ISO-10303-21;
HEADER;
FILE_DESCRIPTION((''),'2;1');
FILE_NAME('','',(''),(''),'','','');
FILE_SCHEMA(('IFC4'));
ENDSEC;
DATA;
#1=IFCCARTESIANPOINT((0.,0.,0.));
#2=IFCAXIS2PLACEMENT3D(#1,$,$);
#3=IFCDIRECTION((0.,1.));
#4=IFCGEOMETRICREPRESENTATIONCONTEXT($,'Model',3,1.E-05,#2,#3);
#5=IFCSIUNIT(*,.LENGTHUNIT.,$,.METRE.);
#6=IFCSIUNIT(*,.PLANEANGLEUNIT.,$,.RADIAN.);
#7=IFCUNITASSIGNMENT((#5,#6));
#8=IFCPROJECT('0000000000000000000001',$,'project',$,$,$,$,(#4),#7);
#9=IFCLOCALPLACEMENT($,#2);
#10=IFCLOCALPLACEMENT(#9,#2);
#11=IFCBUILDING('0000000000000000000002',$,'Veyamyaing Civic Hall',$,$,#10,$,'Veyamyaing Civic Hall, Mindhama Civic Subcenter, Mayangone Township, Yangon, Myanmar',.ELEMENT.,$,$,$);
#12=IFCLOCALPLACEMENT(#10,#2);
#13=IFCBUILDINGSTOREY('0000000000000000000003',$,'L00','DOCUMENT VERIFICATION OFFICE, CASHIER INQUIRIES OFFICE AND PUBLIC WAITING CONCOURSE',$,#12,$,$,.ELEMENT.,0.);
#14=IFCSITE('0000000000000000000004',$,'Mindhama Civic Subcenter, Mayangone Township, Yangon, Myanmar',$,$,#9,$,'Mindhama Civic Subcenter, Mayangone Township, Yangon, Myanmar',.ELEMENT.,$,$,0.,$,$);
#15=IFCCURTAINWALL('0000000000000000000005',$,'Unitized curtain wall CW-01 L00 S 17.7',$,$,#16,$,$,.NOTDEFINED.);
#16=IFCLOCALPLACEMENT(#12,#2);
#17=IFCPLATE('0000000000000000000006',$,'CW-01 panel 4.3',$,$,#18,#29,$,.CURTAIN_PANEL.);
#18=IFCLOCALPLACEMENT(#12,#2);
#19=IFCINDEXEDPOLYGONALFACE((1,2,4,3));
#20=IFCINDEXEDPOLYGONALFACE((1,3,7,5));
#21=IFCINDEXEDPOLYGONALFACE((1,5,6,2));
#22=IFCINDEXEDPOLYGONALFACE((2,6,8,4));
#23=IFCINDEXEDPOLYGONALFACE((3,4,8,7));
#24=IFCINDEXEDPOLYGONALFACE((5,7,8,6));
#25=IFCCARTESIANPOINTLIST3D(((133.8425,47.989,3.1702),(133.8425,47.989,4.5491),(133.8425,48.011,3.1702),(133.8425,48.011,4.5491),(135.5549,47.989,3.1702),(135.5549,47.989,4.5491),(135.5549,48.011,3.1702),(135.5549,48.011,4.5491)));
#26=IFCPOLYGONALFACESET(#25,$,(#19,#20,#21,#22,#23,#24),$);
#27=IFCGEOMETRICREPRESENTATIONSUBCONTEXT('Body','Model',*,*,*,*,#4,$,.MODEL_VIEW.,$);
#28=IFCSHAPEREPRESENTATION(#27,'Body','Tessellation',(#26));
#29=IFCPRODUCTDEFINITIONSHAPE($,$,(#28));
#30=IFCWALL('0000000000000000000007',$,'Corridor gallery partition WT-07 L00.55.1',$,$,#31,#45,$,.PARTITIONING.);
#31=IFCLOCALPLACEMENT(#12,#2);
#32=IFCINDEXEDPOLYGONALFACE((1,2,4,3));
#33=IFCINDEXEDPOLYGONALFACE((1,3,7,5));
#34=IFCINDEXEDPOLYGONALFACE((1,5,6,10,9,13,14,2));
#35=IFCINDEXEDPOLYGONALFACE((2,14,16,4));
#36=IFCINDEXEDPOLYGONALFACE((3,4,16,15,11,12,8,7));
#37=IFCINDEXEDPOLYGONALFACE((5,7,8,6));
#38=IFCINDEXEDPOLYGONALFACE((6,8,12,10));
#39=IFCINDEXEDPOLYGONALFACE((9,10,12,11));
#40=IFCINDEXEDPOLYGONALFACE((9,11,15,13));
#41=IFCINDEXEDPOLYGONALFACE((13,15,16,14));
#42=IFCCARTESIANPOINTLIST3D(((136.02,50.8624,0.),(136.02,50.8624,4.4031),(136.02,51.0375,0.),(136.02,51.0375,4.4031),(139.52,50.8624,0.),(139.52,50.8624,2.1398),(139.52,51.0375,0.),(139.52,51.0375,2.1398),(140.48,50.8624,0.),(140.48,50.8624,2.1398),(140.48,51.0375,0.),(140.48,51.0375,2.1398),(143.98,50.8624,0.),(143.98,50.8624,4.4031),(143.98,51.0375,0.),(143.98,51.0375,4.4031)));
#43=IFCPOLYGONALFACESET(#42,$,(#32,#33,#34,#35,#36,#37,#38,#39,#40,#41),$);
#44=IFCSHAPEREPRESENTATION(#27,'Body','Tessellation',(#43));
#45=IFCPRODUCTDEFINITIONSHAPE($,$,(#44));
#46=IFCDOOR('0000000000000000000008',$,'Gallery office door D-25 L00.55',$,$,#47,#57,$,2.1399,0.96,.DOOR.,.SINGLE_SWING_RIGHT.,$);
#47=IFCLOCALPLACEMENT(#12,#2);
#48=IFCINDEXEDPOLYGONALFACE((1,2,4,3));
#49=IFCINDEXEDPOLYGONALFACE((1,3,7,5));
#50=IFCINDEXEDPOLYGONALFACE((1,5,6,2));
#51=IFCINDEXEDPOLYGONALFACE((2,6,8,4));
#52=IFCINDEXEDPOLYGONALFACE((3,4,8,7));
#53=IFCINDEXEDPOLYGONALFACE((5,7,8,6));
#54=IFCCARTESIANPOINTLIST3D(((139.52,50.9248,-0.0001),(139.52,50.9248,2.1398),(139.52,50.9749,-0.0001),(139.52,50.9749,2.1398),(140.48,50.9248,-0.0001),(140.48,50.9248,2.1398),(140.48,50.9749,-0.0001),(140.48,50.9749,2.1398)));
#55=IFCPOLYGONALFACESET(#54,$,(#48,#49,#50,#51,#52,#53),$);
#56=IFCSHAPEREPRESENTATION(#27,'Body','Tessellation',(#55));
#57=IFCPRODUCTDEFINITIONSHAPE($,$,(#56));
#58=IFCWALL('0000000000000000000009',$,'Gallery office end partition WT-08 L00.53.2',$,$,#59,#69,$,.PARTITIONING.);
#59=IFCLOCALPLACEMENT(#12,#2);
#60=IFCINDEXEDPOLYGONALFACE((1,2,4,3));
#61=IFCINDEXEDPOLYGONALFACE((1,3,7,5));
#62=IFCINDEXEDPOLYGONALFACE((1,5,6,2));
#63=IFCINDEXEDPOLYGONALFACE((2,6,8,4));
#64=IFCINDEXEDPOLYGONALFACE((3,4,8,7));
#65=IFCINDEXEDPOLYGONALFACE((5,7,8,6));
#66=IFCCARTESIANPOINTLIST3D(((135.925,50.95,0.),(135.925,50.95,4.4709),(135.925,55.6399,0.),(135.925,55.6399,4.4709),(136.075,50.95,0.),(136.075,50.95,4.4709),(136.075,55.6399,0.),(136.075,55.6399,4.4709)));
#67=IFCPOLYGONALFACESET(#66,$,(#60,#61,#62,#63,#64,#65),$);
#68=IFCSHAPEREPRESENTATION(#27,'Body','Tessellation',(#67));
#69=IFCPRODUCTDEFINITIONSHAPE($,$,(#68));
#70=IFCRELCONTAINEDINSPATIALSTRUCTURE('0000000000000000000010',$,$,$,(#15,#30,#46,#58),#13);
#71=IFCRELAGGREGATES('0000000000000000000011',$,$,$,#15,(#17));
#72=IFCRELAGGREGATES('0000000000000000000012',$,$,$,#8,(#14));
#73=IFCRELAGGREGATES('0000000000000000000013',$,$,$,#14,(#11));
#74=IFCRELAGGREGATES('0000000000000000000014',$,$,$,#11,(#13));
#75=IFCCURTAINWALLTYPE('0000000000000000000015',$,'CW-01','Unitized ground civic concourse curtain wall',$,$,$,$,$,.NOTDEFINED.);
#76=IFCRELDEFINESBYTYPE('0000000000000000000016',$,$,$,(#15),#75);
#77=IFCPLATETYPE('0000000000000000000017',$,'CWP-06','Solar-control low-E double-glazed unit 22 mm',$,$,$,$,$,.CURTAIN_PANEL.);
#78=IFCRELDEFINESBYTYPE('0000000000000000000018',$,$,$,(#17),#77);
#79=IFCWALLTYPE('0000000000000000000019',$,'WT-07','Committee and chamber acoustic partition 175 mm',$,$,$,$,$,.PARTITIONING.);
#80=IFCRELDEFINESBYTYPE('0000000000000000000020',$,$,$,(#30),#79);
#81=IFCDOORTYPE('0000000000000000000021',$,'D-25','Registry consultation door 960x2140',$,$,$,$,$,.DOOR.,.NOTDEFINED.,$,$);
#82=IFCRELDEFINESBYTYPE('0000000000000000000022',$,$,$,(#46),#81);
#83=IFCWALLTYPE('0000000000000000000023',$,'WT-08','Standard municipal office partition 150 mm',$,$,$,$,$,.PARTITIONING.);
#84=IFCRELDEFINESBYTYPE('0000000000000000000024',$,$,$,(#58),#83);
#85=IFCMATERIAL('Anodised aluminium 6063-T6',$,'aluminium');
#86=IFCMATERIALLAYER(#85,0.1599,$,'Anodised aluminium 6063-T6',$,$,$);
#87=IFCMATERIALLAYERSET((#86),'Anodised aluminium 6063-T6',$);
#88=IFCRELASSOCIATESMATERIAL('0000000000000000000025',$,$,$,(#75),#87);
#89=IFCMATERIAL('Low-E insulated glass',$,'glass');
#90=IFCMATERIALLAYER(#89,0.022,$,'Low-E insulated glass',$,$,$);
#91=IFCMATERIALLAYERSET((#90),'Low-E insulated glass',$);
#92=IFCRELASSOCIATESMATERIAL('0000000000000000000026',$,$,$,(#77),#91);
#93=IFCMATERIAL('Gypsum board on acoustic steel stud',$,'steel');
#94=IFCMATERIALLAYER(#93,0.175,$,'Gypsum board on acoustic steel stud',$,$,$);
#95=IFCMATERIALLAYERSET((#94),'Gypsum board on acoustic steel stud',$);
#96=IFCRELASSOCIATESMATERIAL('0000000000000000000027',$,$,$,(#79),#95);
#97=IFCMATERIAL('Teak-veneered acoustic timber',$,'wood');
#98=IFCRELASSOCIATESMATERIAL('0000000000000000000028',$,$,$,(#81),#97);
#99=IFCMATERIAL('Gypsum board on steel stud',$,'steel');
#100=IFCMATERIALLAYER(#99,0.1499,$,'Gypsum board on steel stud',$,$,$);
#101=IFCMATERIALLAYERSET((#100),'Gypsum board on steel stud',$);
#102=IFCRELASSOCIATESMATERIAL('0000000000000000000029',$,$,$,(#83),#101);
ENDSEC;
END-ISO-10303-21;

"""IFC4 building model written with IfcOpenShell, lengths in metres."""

from ifc_helpers import new_model, si_unit, direction, frame, frame_2d, origin, origin_2d, place, context, subcontext, project, spatial, rectangle, extrude, material, layer, layer_set, type_object, element, fill, aggregate, save


model = new_model("IFC4")

# Units and contexts
model_context = context("Model", 3, precision=1e-05, world=origin(), true_north=direction((0.0, 1.0)))
body_context = subcontext(model_context, "Body", "Model", "MODEL_VIEW")
ifc_project = project(units=[si_unit("LENGTHUNIT", "METRE"), si_unit("PLANEANGLEUNIT", "RADIAN")], contexts=[model_context])

# Site, building, storey
site_placement = place(None, origin())
site = spatial("IfcSite", under=ifc_project, at=site_placement, Name="Mindhama Civic Subcenter, Mayangone Township, Yangon, Myanmar", LongName="Mindhama Civic Subcenter, Mayangone Township, Yangon, Myanmar", CompositionType="ELEMENT", RefElevation=0.0)
building_placement = place(site_placement, origin())
building = spatial("IfcBuilding", under=site, at=building_placement, Name="Veyamyaing Civic Hall", LongName="Veyamyaing Civic Hall, Mindhama Civic Subcenter, Mayangone Township, Yangon, Myanmar", CompositionType="ELEMENT")
storey_placement = place(building_placement, origin())
storey = spatial("IfcBuildingStorey", under=building, at=storey_placement, Name="L00", Description="DOCUMENT VERIFICATION OFFICE, CASHIER INQUIRIES OFFICE AND PUBLIC WAITING CONCOURSE", CompositionType="ELEMENT", Elevation=0.0)

# Curtain wall
ifc_material_1 = material(Name="Anodised aluminium 6063-T6", Category="aluminium")
ifc_layer_1 = layer(ifc_material_1, 0.1599, Name="Anodised aluminium 6063-T6")
ifc_layer_set_1 = layer_set([ifc_layer_1], Name="Anodised aluminium 6063-T6")
curtain_wall_type = type_object("IfcCurtainWallType", Name="CW-01", Description="Unitized ground civic concourse curtain wall", PredefinedType="NOTDEFINED", material=ifc_layer_set_1)
curtain_wall_1_placement = place(storey_placement, origin())
curtain_wall_1 = element("IfcCurtainWall", 1, at=curtain_wall_1_placement, inside=storey, type_object=curtain_wall_type, Name="Unitized curtain wall CW-01 L00 S 17.7", PredefinedType="NOTDEFINED")

# Plate
ifc_material_2 = material(Name="Low-E insulated glass", Category="glass")
ifc_layer_2 = layer(ifc_material_2, 0.022, Name="Low-E insulated glass")
ifc_layer_set_2 = layer_set([ifc_layer_2], Name="Low-E insulated glass")
plate_type_1 = type_object("IfcPlateType", Name="CWP-06", Description="Solar-control low-E double-glazed unit 22 mm", PredefinedType="CURTAIN_PANEL", material=ifc_layer_set_2)
plate_1_placement = place(storey_placement, frame((134.6987, 48.0, 3.1702), z_axis=(0.0, 0.0, 1.0), x_axis=(1.0, 0.0, 0.0)))
plate_1 = element("IfcPlate", 2, at=plate_1_placement, type_object=plate_type_1, Name="CW-01 panel 4.3", PredefinedType="CURTAIN_PANEL", context=body_context, shape_type="SweptSolid", body=[
    extrude(rectangle(XDim=1.7124, YDim=0.022, at=origin_2d()), origin(), (0.0, 0.0, 1.0), 1.3789),
])
aggregate(curtain_wall_1, [plate_1])

# Wall, opening, door
ifc_material_3 = material(Name="Gypsum board on acoustic steel stud", Category="steel")
ifc_layer_3 = layer(ifc_material_3, 0.175, Name="Gypsum board on acoustic steel stud")
ifc_layer_set_3 = layer_set([ifc_layer_3], Name="Gypsum board on acoustic steel stud")
wall_type_1 = type_object("IfcWallType", Name="WT-07", Description="Committee and chamber acoustic partition 175 mm", PredefinedType="PARTITIONING", material=ifc_layer_set_3)
wall_1_placement = place(storey_placement, frame((136.02, 50.95, 0.0), z_axis=(0.0, 0.0, 1.0), x_axis=(1.0, 0.0, 0.0)))
wall_1 = element("IfcWall", 3, at=wall_1_placement, inside=storey, type_object=wall_type_1, Name="Corridor gallery partition WT-07 L00.55.1", PredefinedType="PARTITIONING", context=body_context, shape_type="SweptSolid", body=[
    extrude(rectangle(XDim=7.96, YDim=0.175, at=frame_2d((3.98, 0.0))), origin(), (0.0, 0.0, 1.0), 4.4031),
])
opening_placement = place(wall_1_placement, frame((3.5, 0.0, 0.0)))
opening = element("IfcOpeningElement", 4, at=opening_placement, cuts=wall_1, PredefinedType="OPENING", context=body_context, shape_type="SweptSolid", body=[
    extrude(rectangle(XDim=0.96, YDim=2.1399, at=frame_2d((0.48, 1.0698))), frame((0.0, 0.0974, 0.0), z_axis=(0.0, -1.0, 0.0), x_axis=(1.0, 0.0, 0.0)), (0.0, 0.0, 1.0), 0.1951),
])
ifc_material_4 = material(Name="Teak-veneered acoustic timber", Category="wood")
door_type = type_object("IfcDoorType", Name="D-25", Description="Registry consultation door 960x2140", OperationType="NOTDEFINED", PredefinedType="DOOR", material=ifc_material_4)
door_placement = place(opening_placement, origin())
door = element("IfcDoor", 5, at=door_placement, inside=storey, type_object=door_type, Name="Gallery office door D-25 L00.55", OperationType="SINGLE_SWING_RIGHT", OverallHeight=2.1399, OverallWidth=0.96, PredefinedType="DOOR", context=body_context, shape_type="SweptSolid", body=[
    extrude(rectangle(XDim=0.96, YDim=2.1399, at=frame_2d((0.48, 1.0698))), frame((0.0, 0.0249, 0.0), z_axis=(0.0, -1.0, 0.0), x_axis=(1.0, 0.0, 0.0)), (0.0, 0.0, 1.0), 0.05),
])
fill(opening, door)

# Wall
ifc_material_5 = material(Name="Gypsum board on steel stud", Category="steel")
ifc_layer_4 = layer(ifc_material_5, 0.1499, Name="Gypsum board on steel stud")
ifc_layer_set_4 = layer_set([ifc_layer_4], Name="Gypsum board on steel stud")
wall_type_2 = type_object("IfcWallType", Name="WT-08", Description="Standard municipal office partition 150 mm", PredefinedType="PARTITIONING", material=ifc_layer_set_4)
wall_2_placement = place(storey_placement, frame((136.0, 50.95, 0.0), z_axis=(0.0, 0.0, 1.0), x_axis=(0.0, 1.0, 0.0)))
element("IfcWall", 6, at=wall_2_placement, inside=storey, type_object=wall_type_2, Name="Gallery office end partition WT-08 L00.53.2", PredefinedType="PARTITIONING", context=body_context, shape_type="SweptSolid", body=[
    extrude(rectangle(XDim=4.6899, YDim=0.1499, at=frame_2d((2.345, 0.0))), origin(), (0.0, 0.0, 1.0), 4.4709),
])

save(model, "model.ifc")
